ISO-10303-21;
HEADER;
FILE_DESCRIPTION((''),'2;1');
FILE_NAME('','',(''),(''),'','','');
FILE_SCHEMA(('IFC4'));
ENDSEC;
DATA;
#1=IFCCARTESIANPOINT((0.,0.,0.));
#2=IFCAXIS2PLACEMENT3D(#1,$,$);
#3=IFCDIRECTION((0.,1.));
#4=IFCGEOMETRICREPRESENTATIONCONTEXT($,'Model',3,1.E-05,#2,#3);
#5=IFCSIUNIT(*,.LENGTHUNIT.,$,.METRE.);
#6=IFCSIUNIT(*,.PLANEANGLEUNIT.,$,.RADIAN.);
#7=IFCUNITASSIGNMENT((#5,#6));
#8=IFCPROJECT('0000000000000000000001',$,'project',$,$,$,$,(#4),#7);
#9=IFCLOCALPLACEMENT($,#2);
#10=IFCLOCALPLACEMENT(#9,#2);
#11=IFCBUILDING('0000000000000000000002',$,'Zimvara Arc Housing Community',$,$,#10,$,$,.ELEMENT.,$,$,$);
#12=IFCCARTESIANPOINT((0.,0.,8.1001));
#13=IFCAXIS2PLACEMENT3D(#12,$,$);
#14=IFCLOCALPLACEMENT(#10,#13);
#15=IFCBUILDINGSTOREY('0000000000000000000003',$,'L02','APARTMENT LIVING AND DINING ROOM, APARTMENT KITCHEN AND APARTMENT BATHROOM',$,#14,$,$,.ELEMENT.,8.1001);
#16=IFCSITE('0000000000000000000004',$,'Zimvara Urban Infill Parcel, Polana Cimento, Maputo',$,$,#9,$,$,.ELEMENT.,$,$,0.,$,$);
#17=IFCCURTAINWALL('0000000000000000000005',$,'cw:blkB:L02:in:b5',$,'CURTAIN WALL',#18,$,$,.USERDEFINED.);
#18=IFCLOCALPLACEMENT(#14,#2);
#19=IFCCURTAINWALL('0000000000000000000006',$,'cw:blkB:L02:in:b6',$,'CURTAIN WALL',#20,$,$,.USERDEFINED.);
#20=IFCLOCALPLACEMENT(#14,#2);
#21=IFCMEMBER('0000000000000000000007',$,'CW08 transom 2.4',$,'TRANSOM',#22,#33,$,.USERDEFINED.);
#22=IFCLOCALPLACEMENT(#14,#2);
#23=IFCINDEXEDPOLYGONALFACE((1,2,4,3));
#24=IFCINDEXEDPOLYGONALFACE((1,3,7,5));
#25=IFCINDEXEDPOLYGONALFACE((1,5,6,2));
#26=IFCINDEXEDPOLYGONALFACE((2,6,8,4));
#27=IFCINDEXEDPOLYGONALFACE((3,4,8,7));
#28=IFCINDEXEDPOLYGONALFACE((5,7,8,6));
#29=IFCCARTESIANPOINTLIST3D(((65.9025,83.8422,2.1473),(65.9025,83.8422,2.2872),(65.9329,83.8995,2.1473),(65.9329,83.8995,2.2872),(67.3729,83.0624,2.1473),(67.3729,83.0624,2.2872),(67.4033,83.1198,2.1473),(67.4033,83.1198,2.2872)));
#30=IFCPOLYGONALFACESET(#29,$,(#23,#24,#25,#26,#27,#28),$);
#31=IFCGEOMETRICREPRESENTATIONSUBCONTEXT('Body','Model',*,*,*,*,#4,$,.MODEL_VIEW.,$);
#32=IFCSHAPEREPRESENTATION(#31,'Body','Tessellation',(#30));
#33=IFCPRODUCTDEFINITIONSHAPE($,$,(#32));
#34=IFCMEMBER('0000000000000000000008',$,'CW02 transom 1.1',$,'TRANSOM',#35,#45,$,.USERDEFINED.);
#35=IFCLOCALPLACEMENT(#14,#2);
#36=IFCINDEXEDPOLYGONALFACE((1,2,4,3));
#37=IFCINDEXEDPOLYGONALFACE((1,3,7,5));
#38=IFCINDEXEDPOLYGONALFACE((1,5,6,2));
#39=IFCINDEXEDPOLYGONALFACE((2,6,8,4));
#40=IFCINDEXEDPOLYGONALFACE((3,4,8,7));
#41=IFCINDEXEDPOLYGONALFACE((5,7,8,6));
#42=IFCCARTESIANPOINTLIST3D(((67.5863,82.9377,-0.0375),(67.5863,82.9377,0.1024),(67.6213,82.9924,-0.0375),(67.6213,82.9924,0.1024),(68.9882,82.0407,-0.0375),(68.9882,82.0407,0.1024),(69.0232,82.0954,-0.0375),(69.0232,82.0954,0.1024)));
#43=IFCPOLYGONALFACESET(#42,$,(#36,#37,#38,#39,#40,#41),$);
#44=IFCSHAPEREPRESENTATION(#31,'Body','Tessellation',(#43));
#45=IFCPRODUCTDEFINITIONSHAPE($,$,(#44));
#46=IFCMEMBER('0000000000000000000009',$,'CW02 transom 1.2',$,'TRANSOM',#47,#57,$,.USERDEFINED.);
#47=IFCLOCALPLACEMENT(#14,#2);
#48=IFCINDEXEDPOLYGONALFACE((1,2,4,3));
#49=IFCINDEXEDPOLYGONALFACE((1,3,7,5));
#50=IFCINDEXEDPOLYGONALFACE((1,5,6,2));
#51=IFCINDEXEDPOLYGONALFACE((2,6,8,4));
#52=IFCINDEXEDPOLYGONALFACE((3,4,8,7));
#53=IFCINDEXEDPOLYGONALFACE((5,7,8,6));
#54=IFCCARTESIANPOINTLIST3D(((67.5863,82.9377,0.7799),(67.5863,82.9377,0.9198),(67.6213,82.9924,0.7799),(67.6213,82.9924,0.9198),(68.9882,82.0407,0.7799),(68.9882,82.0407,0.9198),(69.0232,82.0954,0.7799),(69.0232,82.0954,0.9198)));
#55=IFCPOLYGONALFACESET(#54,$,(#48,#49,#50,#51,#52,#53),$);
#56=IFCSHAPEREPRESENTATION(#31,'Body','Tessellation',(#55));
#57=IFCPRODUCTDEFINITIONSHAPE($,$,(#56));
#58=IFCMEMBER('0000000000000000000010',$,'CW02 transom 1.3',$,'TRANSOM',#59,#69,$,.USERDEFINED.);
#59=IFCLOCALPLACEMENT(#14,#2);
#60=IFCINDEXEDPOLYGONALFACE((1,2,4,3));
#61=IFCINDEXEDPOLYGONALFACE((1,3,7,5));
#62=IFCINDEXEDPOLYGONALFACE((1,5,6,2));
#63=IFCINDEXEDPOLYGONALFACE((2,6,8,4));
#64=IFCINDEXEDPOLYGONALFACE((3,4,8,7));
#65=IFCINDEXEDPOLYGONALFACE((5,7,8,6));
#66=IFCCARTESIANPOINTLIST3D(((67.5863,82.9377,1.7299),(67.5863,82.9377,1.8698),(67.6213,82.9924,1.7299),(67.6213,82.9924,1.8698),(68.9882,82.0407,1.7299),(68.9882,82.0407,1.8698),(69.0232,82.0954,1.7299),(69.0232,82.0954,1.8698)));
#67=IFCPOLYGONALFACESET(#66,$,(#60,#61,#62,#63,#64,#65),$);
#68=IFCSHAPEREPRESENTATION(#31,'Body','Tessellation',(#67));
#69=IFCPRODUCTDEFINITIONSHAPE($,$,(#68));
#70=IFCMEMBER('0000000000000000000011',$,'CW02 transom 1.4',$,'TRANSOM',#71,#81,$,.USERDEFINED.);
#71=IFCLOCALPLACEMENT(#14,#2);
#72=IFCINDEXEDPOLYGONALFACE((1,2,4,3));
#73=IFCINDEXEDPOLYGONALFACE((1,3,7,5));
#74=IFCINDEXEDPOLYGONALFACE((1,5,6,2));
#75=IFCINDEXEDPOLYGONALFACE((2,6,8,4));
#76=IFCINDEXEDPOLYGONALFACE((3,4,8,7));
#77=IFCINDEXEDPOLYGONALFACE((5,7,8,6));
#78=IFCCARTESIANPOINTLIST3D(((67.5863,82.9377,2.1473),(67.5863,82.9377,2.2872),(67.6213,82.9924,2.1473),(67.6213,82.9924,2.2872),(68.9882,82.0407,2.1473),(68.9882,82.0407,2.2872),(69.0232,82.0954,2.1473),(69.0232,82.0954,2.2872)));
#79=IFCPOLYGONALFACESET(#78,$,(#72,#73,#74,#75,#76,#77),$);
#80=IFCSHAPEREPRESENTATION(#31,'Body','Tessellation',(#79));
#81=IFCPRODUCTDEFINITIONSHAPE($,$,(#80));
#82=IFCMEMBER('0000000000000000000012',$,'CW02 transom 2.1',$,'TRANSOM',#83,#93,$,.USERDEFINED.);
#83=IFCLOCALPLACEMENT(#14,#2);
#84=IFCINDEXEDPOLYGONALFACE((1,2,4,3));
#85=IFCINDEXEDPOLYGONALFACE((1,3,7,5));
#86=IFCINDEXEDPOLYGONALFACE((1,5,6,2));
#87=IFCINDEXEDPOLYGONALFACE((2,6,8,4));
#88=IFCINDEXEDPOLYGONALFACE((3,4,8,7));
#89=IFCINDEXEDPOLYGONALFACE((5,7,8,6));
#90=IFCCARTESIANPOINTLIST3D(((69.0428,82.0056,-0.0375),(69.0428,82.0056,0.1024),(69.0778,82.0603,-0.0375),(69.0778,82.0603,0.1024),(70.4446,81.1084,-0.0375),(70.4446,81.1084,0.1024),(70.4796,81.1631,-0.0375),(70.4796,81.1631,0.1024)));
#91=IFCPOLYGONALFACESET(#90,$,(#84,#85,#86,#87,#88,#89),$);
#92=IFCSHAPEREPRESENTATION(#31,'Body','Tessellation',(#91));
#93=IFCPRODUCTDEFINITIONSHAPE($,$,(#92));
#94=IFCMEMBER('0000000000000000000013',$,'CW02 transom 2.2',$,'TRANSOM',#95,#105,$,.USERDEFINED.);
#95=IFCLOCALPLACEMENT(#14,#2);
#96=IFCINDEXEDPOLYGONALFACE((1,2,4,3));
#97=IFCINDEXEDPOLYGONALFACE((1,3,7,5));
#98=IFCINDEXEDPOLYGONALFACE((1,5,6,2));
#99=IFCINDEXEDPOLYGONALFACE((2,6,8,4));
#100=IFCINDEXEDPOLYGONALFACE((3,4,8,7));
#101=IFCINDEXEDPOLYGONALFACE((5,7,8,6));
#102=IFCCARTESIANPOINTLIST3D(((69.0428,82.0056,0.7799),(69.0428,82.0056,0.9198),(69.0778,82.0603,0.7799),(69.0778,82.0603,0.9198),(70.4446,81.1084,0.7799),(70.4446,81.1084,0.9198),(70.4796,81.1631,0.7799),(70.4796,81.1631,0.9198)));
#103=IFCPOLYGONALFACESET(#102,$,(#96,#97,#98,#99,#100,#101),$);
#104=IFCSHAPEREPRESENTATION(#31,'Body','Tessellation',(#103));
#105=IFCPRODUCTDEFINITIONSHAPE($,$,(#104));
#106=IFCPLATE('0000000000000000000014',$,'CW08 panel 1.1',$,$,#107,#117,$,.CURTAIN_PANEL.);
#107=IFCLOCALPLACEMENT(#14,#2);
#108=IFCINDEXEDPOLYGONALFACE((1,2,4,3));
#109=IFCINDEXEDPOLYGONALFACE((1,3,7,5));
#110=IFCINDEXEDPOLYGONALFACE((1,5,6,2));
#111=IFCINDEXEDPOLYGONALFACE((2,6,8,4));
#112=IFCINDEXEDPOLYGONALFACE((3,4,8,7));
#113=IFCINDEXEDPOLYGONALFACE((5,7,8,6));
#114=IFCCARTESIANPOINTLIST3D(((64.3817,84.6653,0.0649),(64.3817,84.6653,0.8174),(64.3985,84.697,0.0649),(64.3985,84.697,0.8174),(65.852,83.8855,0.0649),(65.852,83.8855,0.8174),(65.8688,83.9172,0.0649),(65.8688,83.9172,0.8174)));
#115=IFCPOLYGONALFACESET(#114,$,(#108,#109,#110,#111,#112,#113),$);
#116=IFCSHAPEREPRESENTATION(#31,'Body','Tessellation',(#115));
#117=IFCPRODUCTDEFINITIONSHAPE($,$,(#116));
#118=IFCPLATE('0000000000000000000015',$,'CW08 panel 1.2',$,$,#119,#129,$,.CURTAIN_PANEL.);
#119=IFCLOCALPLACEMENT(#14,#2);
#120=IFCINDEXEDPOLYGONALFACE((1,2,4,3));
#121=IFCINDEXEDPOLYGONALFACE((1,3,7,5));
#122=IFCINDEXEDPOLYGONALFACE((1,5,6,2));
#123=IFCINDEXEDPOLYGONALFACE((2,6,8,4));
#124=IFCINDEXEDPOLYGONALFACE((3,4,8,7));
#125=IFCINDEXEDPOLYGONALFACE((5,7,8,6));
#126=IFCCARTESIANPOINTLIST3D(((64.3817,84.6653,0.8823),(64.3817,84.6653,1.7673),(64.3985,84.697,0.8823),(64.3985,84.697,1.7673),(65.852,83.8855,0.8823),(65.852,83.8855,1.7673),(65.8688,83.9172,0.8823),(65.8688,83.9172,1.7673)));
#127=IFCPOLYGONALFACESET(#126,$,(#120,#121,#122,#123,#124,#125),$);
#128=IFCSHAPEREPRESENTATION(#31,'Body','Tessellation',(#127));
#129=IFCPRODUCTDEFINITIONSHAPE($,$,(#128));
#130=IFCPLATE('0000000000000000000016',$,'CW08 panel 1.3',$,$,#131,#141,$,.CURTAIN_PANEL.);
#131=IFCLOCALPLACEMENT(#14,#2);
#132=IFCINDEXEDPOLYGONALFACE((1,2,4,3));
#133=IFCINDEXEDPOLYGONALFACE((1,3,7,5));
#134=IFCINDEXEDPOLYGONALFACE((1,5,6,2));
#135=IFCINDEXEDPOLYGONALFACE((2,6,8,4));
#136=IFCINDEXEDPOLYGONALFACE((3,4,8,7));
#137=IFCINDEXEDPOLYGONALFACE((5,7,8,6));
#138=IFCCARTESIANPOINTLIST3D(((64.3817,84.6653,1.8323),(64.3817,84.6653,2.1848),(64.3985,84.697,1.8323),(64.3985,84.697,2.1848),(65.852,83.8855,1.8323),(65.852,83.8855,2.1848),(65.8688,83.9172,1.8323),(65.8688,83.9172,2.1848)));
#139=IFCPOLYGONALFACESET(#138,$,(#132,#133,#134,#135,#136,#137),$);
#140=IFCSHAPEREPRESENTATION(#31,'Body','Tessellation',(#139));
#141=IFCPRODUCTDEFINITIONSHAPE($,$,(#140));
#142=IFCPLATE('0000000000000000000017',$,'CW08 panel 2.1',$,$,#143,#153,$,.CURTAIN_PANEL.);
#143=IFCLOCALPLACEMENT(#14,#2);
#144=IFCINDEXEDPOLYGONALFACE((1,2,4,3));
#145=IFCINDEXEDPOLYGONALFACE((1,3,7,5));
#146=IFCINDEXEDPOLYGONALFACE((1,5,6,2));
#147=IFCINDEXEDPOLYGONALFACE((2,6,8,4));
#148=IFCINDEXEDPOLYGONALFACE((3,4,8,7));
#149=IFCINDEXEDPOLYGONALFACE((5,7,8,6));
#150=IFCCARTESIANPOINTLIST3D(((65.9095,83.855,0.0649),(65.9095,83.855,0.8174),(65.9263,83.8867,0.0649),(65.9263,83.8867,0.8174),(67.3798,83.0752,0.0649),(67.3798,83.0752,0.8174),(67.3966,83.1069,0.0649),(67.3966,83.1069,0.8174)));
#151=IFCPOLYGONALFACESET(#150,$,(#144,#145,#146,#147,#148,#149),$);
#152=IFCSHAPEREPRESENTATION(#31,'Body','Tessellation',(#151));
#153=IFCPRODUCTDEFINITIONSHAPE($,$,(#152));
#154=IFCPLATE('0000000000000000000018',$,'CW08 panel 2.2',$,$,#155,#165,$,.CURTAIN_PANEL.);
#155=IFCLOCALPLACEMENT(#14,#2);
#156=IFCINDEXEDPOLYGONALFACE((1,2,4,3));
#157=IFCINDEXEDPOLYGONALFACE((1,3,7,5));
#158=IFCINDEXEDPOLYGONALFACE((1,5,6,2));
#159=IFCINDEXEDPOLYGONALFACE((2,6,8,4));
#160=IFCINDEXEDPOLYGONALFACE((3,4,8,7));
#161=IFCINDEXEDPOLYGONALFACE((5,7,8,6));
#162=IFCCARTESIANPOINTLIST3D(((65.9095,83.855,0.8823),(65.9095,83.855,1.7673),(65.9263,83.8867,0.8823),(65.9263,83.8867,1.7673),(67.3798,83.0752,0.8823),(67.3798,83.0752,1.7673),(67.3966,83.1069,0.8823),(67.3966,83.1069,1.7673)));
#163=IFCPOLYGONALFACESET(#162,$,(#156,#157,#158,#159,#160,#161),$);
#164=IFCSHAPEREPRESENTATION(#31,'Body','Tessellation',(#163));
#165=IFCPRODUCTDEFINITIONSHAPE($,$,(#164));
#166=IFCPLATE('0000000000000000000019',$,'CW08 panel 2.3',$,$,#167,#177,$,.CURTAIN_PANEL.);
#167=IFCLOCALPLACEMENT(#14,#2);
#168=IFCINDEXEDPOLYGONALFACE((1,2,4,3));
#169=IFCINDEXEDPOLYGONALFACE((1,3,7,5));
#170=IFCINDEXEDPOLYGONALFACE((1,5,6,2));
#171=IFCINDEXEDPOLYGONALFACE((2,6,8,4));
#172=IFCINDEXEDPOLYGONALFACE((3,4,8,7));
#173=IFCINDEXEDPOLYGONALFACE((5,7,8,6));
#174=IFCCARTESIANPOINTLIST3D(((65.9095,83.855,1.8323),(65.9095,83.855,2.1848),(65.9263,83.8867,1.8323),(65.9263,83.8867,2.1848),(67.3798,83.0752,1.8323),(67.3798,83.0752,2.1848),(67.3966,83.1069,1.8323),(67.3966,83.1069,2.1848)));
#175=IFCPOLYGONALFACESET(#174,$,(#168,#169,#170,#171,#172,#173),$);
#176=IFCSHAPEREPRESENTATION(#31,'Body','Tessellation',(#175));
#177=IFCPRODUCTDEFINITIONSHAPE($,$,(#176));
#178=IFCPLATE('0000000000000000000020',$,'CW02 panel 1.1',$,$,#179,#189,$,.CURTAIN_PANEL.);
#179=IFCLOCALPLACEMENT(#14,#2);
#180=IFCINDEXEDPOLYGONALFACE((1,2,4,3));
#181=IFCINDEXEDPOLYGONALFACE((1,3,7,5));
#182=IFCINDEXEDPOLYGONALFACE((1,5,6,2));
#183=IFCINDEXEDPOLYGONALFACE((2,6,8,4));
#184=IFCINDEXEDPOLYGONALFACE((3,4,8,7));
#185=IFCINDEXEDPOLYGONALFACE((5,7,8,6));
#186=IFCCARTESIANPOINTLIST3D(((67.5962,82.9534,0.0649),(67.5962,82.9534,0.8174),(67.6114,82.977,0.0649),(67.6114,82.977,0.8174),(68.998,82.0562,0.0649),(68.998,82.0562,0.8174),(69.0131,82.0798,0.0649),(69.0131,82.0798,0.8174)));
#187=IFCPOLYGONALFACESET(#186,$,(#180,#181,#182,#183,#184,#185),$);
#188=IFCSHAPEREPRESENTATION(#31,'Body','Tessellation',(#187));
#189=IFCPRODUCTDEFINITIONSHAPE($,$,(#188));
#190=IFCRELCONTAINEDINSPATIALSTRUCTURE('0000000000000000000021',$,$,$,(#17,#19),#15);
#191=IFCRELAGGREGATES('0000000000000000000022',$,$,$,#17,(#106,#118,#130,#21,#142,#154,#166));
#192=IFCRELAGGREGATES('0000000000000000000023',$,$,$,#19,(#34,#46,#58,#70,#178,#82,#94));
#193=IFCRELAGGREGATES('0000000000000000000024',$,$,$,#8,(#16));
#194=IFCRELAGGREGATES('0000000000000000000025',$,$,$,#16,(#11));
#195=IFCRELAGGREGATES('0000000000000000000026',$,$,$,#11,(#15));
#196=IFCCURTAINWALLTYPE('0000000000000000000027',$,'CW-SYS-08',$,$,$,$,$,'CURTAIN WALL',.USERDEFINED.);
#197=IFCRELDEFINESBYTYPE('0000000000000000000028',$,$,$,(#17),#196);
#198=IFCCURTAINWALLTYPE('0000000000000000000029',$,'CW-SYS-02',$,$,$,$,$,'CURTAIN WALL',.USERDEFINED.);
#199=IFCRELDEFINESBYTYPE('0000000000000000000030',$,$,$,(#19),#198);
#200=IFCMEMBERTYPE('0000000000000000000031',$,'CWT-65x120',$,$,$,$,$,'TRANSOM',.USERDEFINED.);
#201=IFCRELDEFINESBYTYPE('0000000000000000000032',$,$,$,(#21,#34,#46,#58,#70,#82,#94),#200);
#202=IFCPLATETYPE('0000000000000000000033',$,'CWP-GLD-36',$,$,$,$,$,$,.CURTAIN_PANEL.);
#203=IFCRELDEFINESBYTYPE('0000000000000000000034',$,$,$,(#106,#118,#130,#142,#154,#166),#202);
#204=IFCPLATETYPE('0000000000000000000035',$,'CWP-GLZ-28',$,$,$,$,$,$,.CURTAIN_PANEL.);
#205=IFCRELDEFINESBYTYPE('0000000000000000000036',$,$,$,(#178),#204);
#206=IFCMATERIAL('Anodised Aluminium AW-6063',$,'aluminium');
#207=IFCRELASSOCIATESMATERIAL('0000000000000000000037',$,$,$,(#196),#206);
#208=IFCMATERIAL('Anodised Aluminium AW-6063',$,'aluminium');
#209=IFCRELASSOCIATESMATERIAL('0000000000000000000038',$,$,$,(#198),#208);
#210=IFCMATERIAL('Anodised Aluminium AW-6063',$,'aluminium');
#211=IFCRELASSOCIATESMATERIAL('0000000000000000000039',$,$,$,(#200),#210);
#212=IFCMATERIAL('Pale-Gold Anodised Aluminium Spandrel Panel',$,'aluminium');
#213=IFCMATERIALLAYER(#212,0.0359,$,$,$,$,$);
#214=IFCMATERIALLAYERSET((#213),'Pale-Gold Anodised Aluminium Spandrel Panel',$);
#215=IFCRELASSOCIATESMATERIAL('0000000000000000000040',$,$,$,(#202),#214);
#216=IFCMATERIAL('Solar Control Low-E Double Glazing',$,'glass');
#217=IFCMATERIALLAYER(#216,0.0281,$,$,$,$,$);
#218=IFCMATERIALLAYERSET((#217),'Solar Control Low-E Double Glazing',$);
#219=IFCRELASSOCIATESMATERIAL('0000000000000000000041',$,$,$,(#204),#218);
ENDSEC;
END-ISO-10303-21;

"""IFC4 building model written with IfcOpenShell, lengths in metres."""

from ifc_helpers import new_model, si_unit, direction, frame, origin, origin_2d, place, context, subcontext, project, spatial, rectangle, extrude, material, layer, layer_set, material_profile, profile_set, type_object, element, aggregate, save


model = new_model("IFC4")

# Units and contexts
model_context = context("Model", 3, precision=1e-05, world=origin(), true_north=direction((0.0, 1.0)))
body_context = subcontext(model_context, "Body", "Model", "MODEL_VIEW")
ifc_project = project(units=[si_unit("LENGTHUNIT", "METRE"), si_unit("PLANEANGLEUNIT", "RADIAN")], contexts=[model_context])

# Site, building, storey
site_placement = place(None, origin())
site = spatial("IfcSite", under=ifc_project, at=site_placement, Name="Zimvara Urban Infill Parcel, Polana Cimento, Maputo", CompositionType="ELEMENT", RefElevation=0.0)
building_placement = place(site_placement, origin())
building = spatial("IfcBuilding", under=site, at=building_placement, Name="Zimvara Arc Housing Community", CompositionType="ELEMENT")
storey_placement = place(building_placement, frame((0.0, 0.0, 8.1001)))
storey = spatial("IfcBuildingStorey", under=building, at=storey_placement, Name="L02", Description="APARTMENT LIVING AND DINING ROOM, APARTMENT KITCHEN AND APARTMENT BATHROOM", CompositionType="ELEMENT", Elevation=8.1001)

# Curtain walls
ifc_material_1 = material(Name="Anodised Aluminium AW-6063", Category="aluminium")
curtain_wall_type_1 = type_object("IfcCurtainWallType", Name="CW-SYS-08", ElementType="CURTAIN WALL", PredefinedType="USERDEFINED", material=ifc_material_1)
curtain_wall_1_placement = place(storey_placement, origin())
curtain_wall_1 = element("IfcCurtainWall", 1, at=curtain_wall_1_placement, inside=storey, type_object=curtain_wall_type_1, Name="cw:blkB:L02:in:b5", ObjectType="CURTAIN WALL", PredefinedType="USERDEFINED")
ifc_material_2 = material(Name="Anodised Aluminium AW-6063", Category="aluminium")
curtain_wall_type_2 = type_object("IfcCurtainWallType", Name="CW-SYS-02", ElementType="CURTAIN WALL", PredefinedType="USERDEFINED", material=ifc_material_2)
curtain_wall_2_placement = place(storey_placement, origin())
curtain_wall_2 = element("IfcCurtainWall", 2, at=curtain_wall_2_placement, inside=storey, type_object=curtain_wall_type_2, Name="cw:blkB:L02:in:b6", ObjectType="CURTAIN WALL", PredefinedType="USERDEFINED")

# Members
ifc_material_3 = material(Name="Anodised Aluminium AW-6063", Category="aluminium")
ifc_material_profile_1 = material_profile(ifc_material_3, rectangle(XDim=0.0649, YDim=0.1399, at=origin_2d()), Name="ALU 65x140")
ifc_profile_set_1 = profile_set([ifc_material_profile_1], Name="Anodised Aluminium AW-6063")
member_type_1 = type_object("IfcMemberType", Name="CWT-65x120", ElementType="TRANSOM", PredefinedType="USERDEFINED", material=ifc_profile_set_1)
member_1_placement = place(storey_placement, frame((65.9177, 83.8708, 2.2173), z_axis=(0.883463, -0.468501, 0.0), x_axis=(0.468501, 0.883463, 0.0)))
member_1 = element("IfcMember", 3, at=member_1_placement, type_object=member_type_1, Name="CW08 transom 2.4", ObjectType="TRANSOM", PredefinedType="USERDEFINED", context=body_context, shape_type="SweptSolid", body=[
    extrude(rectangle(XDim=0.0649, YDim=0.1399, at=origin_2d()), origin(), (0.0, 0.0, 1.0), 1.6643),
])
member_2_placement = place(storey_placement, frame((67.6038, 82.9651, 0.0325), z_axis=(0.84233, -0.538962, 0.0), x_axis=(0.538962, 0.84233, 0.0)))
member_2 = element("IfcMember", 4, at=member_2_placement, type_object=member_type_1, Name="CW02 transom 1.1", ObjectType="TRANSOM", PredefinedType="USERDEFINED", context=body_context, shape_type="SweptSolid", body=[
    extrude(rectangle(XDim=0.0649, YDim=0.1399, at=origin_2d()), origin(), (0.0, 0.0, 1.0), 1.6643),
])
member_3_placement = place(storey_placement, frame((67.6038, 82.9651, 0.8499), z_axis=(0.84233, -0.538962, 0.0), x_axis=(0.538962, 0.84233, 0.0)))
member_3 = element("IfcMember", 5, at=member_3_placement, type_object=member_type_1, Name="CW02 transom 1.2", ObjectType="TRANSOM", PredefinedType="USERDEFINED", context=body_context, shape_type="SweptSolid", body=[
    extrude(rectangle(XDim=0.0649, YDim=0.1399, at=origin_2d()), origin(), (0.0, 0.0, 1.0), 1.6643),
])
member_4_placement = place(storey_placement, frame((67.6038, 82.9651, 1.7998), z_axis=(0.84233, -0.538962, 0.0), x_axis=(0.538962, 0.84233, 0.0)))
member_4 = element("IfcMember", 6, at=member_4_placement, type_object=member_type_1, Name="CW02 transom 1.3", ObjectType="TRANSOM", PredefinedType="USERDEFINED", context=body_context, shape_type="SweptSolid", body=[
    extrude(rectangle(XDim=0.0649, YDim=0.1399, at=origin_2d()), origin(), (0.0, 0.0, 1.0), 1.6643),
])
member_5_placement = place(storey_placement, frame((67.6038, 82.9651, 2.2173), z_axis=(0.84233, -0.538962, 0.0), x_axis=(0.538962, 0.84233, 0.0)))
member_5 = element("IfcMember", 7, at=member_5_placement, type_object=member_type_1, Name="CW02 transom 1.4", ObjectType="TRANSOM", PredefinedType="USERDEFINED", context=body_context, shape_type="SweptSolid", body=[
    extrude(rectangle(XDim=0.0649, YDim=0.1399, at=origin_2d()), origin(), (0.0, 0.0, 1.0), 1.6643),
])
member_6_placement = place(storey_placement, frame((69.0603, 82.033, 0.0325), z_axis=(0.842263, -0.539066, 0.0), x_axis=(0.539066, 0.842263, 0.0)))
member_6 = element("IfcMember", 8, at=member_6_placement, type_object=member_type_1, Name="CW02 transom 2.1", ObjectType="TRANSOM", PredefinedType="USERDEFINED", context=body_context, shape_type="SweptSolid", body=[
    extrude(rectangle(XDim=0.0649, YDim=0.1399, at=origin_2d()), origin(), (0.0, 0.0, 1.0), 1.6643),
])
member_7_placement = place(storey_placement, frame((69.0603, 82.033, 0.8499), z_axis=(0.842263, -0.539066, 0.0), x_axis=(0.539066, 0.842263, 0.0)))
member_7 = element("IfcMember", 9, at=member_7_placement, type_object=member_type_1, Name="CW02 transom 2.2", ObjectType="TRANSOM", PredefinedType="USERDEFINED", context=body_context, shape_type="SweptSolid", body=[
    extrude(rectangle(XDim=0.0649, YDim=0.1399, at=origin_2d()), origin(), (0.0, 0.0, 1.0), 1.6643),
])

# Plates
ifc_material_4 = material(Name="Pale-Gold Anodised Aluminium Spandrel Panel", Category="aluminium")
ifc_layer_1 = layer(ifc_material_4, 0.0359)
ifc_layer_set_1 = layer_set([ifc_layer_1], Name="Pale-Gold Anodised Aluminium Spandrel Panel")
plate_type_1 = type_object("IfcPlateType", Name="CWP-GLD-36", PredefinedType="CURTAIN_PANEL", material=ifc_layer_set_1)
plate_1_placement = place(storey_placement, frame((65.1252, 84.2913, 0.0649), z_axis=(0.0, 0.0, 1.0), x_axis=(0.88344, -0.468545, 0.0)))
plate_1 = element("IfcPlate", 10, at=plate_1_placement, type_object=plate_type_1, Name="CW08 panel 1.1", PredefinedType="CURTAIN_PANEL", context=body_context, shape_type="SweptSolid", body=[
    extrude(rectangle(XDim=1.6643, YDim=0.0359, at=origin_2d()), origin(), (0.0, 0.0, 1.0), 0.7524),
])
plate_2_placement = place(storey_placement, frame((65.1252, 84.2913, 0.8823), z_axis=(0.0, 0.0, 1.0), x_axis=(0.88344, -0.468545, 0.0)))
plate_2 = element("IfcPlate", 11, at=plate_2_placement, type_object=plate_type_1, Name="CW08 panel 1.2", PredefinedType="CURTAIN_PANEL", context=body_context, shape_type="SweptSolid", body=[
    extrude(rectangle(XDim=1.6643, YDim=0.0359, at=origin_2d()), origin(), (0.0, 0.0, 1.0), 0.885),
])
plate_3_placement = place(storey_placement, frame((65.1252, 84.2913, 1.8323), z_axis=(0.0, 0.0, 1.0), x_axis=(0.88344, -0.468545, 0.0)))
plate_3 = element("IfcPlate", 12, at=plate_3_placement, type_object=plate_type_1, Name="CW08 panel 1.3", PredefinedType="CURTAIN_PANEL", context=body_context, shape_type="SweptSolid", body=[
    extrude(rectangle(XDim=1.6643, YDim=0.0359, at=origin_2d()), origin(), (0.0, 0.0, 1.0), 0.3525),
])
plate_4_placement = place(storey_placement, frame((66.6531, 83.481, 0.0649), z_axis=(0.0, 0.0, 1.0), x_axis=(0.88344, -0.468545, 0.0)))
plate_4 = element("IfcPlate", 13, at=plate_4_placement, type_object=plate_type_1, Name="CW08 panel 2.1", PredefinedType="CURTAIN_PANEL", context=body_context, shape_type="SweptSolid", body=[
    extrude(rectangle(XDim=1.6643, YDim=0.0359, at=origin_2d()), origin(), (0.0, 0.0, 1.0), 0.7524),
])
plate_5_placement = place(storey_placement, frame((66.6531, 83.481, 0.8823), z_axis=(0.0, 0.0, 1.0), x_axis=(0.88344, -0.468545, 0.0)))
plate_5 = element("IfcPlate", 14, at=plate_5_placement, type_object=plate_type_1, Name="CW08 panel 2.2", PredefinedType="CURTAIN_PANEL", context=body_context, shape_type="SweptSolid", body=[
    extrude(rectangle(XDim=1.6643, YDim=0.0359, at=origin_2d()), origin(), (0.0, 0.0, 1.0), 0.885),
])
plate_6_placement = place(storey_placement, frame((66.6531, 83.481, 1.8323), z_axis=(0.0, 0.0, 1.0), x_axis=(0.88344, -0.468545, 0.0)))
plate_6 = element("IfcPlate", 15, at=plate_6_placement, type_object=plate_type_1, Name="CW08 panel 2.3", PredefinedType="CURTAIN_PANEL", context=body_context, shape_type="SweptSolid", body=[
    extrude(rectangle(XDim=1.6643, YDim=0.0359, at=origin_2d()), origin(), (0.0, 0.0, 1.0), 0.3525),
])
aggregate(curtain_wall_1, [plate_1, plate_2, plate_3, member_1, plate_4, plate_5, plate_6])
ifc_material_5 = material(Name="Solar Control Low-E Double Glazing", Category="glass")
ifc_layer_2 = layer(ifc_material_5, 0.0281)
ifc_layer_set_2 = layer_set([ifc_layer_2], Name="Solar Control Low-E Double Glazing")
plate_type_2 = type_object("IfcPlateType", Name="CWP-GLZ-28", PredefinedType="CURTAIN_PANEL", material=ifc_layer_set_2)
plate_7_placement = place(storey_placement, frame((68.3047, 82.5166, 0.0649), z_axis=(0.0, 0.0, 1.0), x_axis=(0.842265, -0.539064, 0.0)))
plate_7 = element("IfcPlate", 16, at=plate_7_placement, type_object=plate_type_2, Name="CW02 panel 1.1", PredefinedType="CURTAIN_PANEL", context=body_context, shape_type="SweptSolid", body=[
    extrude(rectangle(XDim=1.6643, YDim=0.0281, at=origin_2d()), origin(), (0.0, 0.0, 1.0), 0.7524),
])
aggregate(curtain_wall_2, [member_2, member_3, member_4, member_5, plate_7, member_6, member_7])

save(model, "model.ifc")
